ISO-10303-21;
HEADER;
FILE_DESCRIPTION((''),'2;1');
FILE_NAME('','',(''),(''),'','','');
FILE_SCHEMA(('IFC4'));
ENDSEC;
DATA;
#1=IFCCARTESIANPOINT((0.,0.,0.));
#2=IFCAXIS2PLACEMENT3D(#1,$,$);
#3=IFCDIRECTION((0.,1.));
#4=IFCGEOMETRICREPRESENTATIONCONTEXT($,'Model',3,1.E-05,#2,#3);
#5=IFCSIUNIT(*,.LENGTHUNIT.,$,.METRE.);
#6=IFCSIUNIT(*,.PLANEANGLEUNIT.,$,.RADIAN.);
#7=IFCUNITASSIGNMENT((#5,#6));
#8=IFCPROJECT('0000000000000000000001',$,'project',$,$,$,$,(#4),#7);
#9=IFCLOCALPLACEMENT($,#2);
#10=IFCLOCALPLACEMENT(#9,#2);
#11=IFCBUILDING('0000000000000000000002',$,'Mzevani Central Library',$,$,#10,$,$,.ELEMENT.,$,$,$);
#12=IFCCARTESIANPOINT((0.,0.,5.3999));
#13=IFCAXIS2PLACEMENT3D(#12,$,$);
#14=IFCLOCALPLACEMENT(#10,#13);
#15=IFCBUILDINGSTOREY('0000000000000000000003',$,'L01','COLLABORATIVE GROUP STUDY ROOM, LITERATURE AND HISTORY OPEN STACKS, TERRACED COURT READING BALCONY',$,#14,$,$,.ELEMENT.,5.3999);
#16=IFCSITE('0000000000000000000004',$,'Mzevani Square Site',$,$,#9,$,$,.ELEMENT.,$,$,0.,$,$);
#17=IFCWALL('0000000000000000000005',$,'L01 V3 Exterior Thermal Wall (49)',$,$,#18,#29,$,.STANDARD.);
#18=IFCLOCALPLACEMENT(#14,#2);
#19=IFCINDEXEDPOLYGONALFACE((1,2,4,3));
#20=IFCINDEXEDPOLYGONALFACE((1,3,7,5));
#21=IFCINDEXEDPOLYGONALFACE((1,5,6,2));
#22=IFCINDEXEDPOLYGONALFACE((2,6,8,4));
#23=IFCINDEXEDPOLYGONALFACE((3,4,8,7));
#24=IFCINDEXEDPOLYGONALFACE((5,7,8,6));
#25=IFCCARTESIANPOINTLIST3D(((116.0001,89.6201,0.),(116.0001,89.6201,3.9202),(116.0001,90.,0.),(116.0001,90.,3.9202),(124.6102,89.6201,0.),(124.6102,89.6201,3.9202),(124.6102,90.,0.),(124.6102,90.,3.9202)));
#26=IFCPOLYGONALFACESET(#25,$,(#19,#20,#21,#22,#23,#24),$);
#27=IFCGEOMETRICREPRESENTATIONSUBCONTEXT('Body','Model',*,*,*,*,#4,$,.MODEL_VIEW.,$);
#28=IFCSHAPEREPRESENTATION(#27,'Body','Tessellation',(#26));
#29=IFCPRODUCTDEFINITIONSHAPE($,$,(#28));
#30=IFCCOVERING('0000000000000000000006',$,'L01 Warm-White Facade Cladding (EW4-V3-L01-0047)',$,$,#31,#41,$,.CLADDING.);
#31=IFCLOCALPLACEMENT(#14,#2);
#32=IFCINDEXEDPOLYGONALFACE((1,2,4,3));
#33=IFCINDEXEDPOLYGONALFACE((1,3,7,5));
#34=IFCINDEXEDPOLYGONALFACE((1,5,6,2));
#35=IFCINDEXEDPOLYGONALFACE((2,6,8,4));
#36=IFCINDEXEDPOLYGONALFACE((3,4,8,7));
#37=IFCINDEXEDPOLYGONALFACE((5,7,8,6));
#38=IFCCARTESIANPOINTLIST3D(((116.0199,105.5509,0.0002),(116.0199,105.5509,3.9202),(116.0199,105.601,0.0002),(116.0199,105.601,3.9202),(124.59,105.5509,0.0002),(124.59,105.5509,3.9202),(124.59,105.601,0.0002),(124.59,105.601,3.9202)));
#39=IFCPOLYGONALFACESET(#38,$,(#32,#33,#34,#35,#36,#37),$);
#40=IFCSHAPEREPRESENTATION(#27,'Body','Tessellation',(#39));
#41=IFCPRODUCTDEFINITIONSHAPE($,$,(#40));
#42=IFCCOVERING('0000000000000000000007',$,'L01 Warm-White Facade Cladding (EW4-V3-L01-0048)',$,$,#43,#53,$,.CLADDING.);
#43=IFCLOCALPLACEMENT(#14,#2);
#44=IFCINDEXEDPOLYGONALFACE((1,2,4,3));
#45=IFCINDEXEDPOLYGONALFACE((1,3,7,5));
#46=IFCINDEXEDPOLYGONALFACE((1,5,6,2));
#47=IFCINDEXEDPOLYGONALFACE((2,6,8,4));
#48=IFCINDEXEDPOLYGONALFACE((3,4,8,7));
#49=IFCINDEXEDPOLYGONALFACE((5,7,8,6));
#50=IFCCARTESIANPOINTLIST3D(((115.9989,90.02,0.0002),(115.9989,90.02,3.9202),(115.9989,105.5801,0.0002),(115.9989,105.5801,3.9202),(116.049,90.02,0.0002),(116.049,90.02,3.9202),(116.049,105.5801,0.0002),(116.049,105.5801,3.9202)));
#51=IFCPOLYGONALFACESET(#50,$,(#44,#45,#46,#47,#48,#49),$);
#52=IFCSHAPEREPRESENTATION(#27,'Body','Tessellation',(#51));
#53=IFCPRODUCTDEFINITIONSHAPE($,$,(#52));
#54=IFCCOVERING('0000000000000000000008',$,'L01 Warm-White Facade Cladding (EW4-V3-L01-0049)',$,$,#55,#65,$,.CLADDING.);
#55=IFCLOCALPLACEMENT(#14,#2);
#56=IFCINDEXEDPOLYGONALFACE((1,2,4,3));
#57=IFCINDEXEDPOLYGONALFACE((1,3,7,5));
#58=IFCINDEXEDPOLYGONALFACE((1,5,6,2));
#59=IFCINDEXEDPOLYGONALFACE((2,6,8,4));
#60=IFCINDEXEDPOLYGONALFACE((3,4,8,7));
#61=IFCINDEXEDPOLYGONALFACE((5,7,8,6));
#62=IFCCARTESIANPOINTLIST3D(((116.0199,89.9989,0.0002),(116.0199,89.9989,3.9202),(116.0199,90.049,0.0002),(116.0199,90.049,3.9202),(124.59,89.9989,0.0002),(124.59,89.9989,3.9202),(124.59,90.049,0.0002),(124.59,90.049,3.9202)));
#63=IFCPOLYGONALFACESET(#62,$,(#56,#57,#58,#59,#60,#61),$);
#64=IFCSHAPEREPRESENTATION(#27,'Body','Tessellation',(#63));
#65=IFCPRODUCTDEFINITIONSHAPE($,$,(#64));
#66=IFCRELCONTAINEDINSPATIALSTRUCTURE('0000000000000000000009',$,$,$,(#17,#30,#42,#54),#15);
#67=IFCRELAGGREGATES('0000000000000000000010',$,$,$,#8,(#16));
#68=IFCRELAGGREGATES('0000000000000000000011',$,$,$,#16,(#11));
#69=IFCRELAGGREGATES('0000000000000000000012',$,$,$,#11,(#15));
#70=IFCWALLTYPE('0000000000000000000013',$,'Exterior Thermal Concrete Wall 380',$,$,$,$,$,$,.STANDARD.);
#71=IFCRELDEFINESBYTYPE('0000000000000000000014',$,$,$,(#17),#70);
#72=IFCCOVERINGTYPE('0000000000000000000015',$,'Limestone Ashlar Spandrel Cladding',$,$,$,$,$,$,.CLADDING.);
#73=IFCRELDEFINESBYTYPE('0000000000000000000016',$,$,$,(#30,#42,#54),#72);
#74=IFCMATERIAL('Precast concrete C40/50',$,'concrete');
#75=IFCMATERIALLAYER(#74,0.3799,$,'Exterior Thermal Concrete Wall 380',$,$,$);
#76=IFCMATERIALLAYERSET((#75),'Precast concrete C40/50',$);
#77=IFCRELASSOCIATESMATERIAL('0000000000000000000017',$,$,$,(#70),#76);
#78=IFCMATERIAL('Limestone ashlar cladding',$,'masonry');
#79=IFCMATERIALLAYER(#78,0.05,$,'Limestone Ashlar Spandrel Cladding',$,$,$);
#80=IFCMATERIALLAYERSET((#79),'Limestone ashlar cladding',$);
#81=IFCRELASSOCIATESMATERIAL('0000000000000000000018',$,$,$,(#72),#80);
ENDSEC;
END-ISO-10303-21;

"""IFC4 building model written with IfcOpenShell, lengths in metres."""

from ifc_helpers import new_model, si_unit, direction, frame, frame_2d, origin, origin_2d, place, context, subcontext, project, spatial, rectangle, extrude, material, layer, layer_set, type_object, element, save


model = new_model("IFC4")

# Units and contexts
model_context = context("Model", 3, precision=1e-05, world=origin(), true_north=direction((0.0, 1.0)))
body_context = subcontext(model_context, "Body", "Model", "MODEL_VIEW")
ifc_project = project(units=[si_unit("LENGTHUNIT", "METRE"), si_unit("PLANEANGLEUNIT", "RADIAN")], contexts=[model_context])

# Site, building, storey
site_placement = place(None, origin())
site = spatial("IfcSite", under=ifc_project, at=site_placement, Name="Mzevani Square Site", CompositionType="ELEMENT", RefElevation=0.0)
building_placement = place(site_placement, origin())
building = spatial("IfcBuilding", under=site, at=building_placement, Name="Mzevani Central Library", CompositionType="ELEMENT")
storey_placement = place(building_placement, frame((0.0, 0.0, 5.3999)))
storey = spatial("IfcBuildingStorey", under=building, at=storey_placement, Name="L01", Description="COLLABORATIVE GROUP STUDY ROOM, LITERATURE AND HISTORY OPEN STACKS, TERRACED COURT READING BALCONY", CompositionType="ELEMENT", Elevation=5.3999)

# Wall
ifc_material_1 = material(Name="Precast concrete C40/50", Category="concrete")
ifc_layer_1 = layer(ifc_material_1, 0.3799, Name="Exterior Thermal Concrete Wall 380")
ifc_layer_set_1 = layer_set([ifc_layer_1], Name="Precast concrete C40/50")
wall_type = type_object("IfcWallType", Name="Exterior Thermal Concrete Wall 380", PredefinedType="STANDARD", material=ifc_layer_set_1)
wall_1_placement = place(storey_placement, frame((116.0, 89.8101, 0.0), z_axis=(0.0, 0.0, 1.0), x_axis=(1.0, 0.0, 0.0)))
element("IfcWall", 1, at=wall_1_placement, inside=storey, type_object=wall_type, Name="L01 V3 Exterior Thermal Wall (49)", PredefinedType="STANDARD", context=body_context, shape_type="SweptSolid", body=[
    extrude(rectangle(XDim=8.6101, YDim=0.3799, at=frame_2d((4.3052, 0.0))), origin(), (0.0, 0.0, 1.0), 3.9202),
])

# Coverings
ifc_material_2 = material(Name="Limestone ashlar cladding", Category="masonry")
ifc_layer_2 = layer(ifc_material_2, 0.05, Name="Limestone Ashlar Spandrel Cladding")
ifc_layer_set_2 = layer_set([ifc_layer_2], Name="Limestone ashlar cladding")
covering_type = type_object("IfcCoveringType", Name="Limestone Ashlar Spandrel Cladding", PredefinedType="CLADDING", material=ifc_layer_set_2)
covering_1_placement = place(storey_placement, frame((120.3049, 105.5759, 0.0002), z_axis=(0.0, 0.0, 1.0), x_axis=(-1.0, 0.0, 0.0)))
element("IfcCovering", 2, at=covering_1_placement, inside=storey, type_object=covering_type, Name="L01 Warm-White Facade Cladding (EW4-V3-L01-0047)", PredefinedType="CLADDING", context=body_context, shape_type="SweptSolid", body=[
    extrude(rectangle(XDim=8.5701, YDim=0.05, at=origin_2d()), origin(), (0.0, 0.0, 1.0), 3.9199),
])
covering_2_placement = place(storey_placement, frame((116.0239, 97.8, 0.0002), z_axis=(0.0, 0.0, 1.0), x_axis=(0.0, -1.0, 0.0)))
element("IfcCovering", 3, at=covering_2_placement, inside=storey, type_object=covering_type, Name="L01 Warm-White Facade Cladding (EW4-V3-L01-0048)", PredefinedType="CLADDING", context=body_context, shape_type="SweptSolid", body=[
    extrude(rectangle(XDim=15.5601, YDim=0.05, at=origin_2d()), origin(), (0.0, 0.0, 1.0), 3.9199),
])
covering_3_placement = place(storey_placement, frame((120.3049, 90.0239, 0.0002), z_axis=(0.0, 0.0, 1.0), x_axis=(1.0, 0.0, 0.0)))
element("IfcCovering", 4, at=covering_3_placement, inside=storey, type_object=covering_type, Name="L01 Warm-White Facade Cladding (EW4-V3-L01-0049)", PredefinedType="CLADDING", context=body_context, shape_type="SweptSolid", body=[
    extrude(rectangle(XDim=8.5701, YDim=0.05, at=origin_2d()), origin(), (0.0, 0.0, 1.0), 3.9199),
])

save(model, "model.ifc")
